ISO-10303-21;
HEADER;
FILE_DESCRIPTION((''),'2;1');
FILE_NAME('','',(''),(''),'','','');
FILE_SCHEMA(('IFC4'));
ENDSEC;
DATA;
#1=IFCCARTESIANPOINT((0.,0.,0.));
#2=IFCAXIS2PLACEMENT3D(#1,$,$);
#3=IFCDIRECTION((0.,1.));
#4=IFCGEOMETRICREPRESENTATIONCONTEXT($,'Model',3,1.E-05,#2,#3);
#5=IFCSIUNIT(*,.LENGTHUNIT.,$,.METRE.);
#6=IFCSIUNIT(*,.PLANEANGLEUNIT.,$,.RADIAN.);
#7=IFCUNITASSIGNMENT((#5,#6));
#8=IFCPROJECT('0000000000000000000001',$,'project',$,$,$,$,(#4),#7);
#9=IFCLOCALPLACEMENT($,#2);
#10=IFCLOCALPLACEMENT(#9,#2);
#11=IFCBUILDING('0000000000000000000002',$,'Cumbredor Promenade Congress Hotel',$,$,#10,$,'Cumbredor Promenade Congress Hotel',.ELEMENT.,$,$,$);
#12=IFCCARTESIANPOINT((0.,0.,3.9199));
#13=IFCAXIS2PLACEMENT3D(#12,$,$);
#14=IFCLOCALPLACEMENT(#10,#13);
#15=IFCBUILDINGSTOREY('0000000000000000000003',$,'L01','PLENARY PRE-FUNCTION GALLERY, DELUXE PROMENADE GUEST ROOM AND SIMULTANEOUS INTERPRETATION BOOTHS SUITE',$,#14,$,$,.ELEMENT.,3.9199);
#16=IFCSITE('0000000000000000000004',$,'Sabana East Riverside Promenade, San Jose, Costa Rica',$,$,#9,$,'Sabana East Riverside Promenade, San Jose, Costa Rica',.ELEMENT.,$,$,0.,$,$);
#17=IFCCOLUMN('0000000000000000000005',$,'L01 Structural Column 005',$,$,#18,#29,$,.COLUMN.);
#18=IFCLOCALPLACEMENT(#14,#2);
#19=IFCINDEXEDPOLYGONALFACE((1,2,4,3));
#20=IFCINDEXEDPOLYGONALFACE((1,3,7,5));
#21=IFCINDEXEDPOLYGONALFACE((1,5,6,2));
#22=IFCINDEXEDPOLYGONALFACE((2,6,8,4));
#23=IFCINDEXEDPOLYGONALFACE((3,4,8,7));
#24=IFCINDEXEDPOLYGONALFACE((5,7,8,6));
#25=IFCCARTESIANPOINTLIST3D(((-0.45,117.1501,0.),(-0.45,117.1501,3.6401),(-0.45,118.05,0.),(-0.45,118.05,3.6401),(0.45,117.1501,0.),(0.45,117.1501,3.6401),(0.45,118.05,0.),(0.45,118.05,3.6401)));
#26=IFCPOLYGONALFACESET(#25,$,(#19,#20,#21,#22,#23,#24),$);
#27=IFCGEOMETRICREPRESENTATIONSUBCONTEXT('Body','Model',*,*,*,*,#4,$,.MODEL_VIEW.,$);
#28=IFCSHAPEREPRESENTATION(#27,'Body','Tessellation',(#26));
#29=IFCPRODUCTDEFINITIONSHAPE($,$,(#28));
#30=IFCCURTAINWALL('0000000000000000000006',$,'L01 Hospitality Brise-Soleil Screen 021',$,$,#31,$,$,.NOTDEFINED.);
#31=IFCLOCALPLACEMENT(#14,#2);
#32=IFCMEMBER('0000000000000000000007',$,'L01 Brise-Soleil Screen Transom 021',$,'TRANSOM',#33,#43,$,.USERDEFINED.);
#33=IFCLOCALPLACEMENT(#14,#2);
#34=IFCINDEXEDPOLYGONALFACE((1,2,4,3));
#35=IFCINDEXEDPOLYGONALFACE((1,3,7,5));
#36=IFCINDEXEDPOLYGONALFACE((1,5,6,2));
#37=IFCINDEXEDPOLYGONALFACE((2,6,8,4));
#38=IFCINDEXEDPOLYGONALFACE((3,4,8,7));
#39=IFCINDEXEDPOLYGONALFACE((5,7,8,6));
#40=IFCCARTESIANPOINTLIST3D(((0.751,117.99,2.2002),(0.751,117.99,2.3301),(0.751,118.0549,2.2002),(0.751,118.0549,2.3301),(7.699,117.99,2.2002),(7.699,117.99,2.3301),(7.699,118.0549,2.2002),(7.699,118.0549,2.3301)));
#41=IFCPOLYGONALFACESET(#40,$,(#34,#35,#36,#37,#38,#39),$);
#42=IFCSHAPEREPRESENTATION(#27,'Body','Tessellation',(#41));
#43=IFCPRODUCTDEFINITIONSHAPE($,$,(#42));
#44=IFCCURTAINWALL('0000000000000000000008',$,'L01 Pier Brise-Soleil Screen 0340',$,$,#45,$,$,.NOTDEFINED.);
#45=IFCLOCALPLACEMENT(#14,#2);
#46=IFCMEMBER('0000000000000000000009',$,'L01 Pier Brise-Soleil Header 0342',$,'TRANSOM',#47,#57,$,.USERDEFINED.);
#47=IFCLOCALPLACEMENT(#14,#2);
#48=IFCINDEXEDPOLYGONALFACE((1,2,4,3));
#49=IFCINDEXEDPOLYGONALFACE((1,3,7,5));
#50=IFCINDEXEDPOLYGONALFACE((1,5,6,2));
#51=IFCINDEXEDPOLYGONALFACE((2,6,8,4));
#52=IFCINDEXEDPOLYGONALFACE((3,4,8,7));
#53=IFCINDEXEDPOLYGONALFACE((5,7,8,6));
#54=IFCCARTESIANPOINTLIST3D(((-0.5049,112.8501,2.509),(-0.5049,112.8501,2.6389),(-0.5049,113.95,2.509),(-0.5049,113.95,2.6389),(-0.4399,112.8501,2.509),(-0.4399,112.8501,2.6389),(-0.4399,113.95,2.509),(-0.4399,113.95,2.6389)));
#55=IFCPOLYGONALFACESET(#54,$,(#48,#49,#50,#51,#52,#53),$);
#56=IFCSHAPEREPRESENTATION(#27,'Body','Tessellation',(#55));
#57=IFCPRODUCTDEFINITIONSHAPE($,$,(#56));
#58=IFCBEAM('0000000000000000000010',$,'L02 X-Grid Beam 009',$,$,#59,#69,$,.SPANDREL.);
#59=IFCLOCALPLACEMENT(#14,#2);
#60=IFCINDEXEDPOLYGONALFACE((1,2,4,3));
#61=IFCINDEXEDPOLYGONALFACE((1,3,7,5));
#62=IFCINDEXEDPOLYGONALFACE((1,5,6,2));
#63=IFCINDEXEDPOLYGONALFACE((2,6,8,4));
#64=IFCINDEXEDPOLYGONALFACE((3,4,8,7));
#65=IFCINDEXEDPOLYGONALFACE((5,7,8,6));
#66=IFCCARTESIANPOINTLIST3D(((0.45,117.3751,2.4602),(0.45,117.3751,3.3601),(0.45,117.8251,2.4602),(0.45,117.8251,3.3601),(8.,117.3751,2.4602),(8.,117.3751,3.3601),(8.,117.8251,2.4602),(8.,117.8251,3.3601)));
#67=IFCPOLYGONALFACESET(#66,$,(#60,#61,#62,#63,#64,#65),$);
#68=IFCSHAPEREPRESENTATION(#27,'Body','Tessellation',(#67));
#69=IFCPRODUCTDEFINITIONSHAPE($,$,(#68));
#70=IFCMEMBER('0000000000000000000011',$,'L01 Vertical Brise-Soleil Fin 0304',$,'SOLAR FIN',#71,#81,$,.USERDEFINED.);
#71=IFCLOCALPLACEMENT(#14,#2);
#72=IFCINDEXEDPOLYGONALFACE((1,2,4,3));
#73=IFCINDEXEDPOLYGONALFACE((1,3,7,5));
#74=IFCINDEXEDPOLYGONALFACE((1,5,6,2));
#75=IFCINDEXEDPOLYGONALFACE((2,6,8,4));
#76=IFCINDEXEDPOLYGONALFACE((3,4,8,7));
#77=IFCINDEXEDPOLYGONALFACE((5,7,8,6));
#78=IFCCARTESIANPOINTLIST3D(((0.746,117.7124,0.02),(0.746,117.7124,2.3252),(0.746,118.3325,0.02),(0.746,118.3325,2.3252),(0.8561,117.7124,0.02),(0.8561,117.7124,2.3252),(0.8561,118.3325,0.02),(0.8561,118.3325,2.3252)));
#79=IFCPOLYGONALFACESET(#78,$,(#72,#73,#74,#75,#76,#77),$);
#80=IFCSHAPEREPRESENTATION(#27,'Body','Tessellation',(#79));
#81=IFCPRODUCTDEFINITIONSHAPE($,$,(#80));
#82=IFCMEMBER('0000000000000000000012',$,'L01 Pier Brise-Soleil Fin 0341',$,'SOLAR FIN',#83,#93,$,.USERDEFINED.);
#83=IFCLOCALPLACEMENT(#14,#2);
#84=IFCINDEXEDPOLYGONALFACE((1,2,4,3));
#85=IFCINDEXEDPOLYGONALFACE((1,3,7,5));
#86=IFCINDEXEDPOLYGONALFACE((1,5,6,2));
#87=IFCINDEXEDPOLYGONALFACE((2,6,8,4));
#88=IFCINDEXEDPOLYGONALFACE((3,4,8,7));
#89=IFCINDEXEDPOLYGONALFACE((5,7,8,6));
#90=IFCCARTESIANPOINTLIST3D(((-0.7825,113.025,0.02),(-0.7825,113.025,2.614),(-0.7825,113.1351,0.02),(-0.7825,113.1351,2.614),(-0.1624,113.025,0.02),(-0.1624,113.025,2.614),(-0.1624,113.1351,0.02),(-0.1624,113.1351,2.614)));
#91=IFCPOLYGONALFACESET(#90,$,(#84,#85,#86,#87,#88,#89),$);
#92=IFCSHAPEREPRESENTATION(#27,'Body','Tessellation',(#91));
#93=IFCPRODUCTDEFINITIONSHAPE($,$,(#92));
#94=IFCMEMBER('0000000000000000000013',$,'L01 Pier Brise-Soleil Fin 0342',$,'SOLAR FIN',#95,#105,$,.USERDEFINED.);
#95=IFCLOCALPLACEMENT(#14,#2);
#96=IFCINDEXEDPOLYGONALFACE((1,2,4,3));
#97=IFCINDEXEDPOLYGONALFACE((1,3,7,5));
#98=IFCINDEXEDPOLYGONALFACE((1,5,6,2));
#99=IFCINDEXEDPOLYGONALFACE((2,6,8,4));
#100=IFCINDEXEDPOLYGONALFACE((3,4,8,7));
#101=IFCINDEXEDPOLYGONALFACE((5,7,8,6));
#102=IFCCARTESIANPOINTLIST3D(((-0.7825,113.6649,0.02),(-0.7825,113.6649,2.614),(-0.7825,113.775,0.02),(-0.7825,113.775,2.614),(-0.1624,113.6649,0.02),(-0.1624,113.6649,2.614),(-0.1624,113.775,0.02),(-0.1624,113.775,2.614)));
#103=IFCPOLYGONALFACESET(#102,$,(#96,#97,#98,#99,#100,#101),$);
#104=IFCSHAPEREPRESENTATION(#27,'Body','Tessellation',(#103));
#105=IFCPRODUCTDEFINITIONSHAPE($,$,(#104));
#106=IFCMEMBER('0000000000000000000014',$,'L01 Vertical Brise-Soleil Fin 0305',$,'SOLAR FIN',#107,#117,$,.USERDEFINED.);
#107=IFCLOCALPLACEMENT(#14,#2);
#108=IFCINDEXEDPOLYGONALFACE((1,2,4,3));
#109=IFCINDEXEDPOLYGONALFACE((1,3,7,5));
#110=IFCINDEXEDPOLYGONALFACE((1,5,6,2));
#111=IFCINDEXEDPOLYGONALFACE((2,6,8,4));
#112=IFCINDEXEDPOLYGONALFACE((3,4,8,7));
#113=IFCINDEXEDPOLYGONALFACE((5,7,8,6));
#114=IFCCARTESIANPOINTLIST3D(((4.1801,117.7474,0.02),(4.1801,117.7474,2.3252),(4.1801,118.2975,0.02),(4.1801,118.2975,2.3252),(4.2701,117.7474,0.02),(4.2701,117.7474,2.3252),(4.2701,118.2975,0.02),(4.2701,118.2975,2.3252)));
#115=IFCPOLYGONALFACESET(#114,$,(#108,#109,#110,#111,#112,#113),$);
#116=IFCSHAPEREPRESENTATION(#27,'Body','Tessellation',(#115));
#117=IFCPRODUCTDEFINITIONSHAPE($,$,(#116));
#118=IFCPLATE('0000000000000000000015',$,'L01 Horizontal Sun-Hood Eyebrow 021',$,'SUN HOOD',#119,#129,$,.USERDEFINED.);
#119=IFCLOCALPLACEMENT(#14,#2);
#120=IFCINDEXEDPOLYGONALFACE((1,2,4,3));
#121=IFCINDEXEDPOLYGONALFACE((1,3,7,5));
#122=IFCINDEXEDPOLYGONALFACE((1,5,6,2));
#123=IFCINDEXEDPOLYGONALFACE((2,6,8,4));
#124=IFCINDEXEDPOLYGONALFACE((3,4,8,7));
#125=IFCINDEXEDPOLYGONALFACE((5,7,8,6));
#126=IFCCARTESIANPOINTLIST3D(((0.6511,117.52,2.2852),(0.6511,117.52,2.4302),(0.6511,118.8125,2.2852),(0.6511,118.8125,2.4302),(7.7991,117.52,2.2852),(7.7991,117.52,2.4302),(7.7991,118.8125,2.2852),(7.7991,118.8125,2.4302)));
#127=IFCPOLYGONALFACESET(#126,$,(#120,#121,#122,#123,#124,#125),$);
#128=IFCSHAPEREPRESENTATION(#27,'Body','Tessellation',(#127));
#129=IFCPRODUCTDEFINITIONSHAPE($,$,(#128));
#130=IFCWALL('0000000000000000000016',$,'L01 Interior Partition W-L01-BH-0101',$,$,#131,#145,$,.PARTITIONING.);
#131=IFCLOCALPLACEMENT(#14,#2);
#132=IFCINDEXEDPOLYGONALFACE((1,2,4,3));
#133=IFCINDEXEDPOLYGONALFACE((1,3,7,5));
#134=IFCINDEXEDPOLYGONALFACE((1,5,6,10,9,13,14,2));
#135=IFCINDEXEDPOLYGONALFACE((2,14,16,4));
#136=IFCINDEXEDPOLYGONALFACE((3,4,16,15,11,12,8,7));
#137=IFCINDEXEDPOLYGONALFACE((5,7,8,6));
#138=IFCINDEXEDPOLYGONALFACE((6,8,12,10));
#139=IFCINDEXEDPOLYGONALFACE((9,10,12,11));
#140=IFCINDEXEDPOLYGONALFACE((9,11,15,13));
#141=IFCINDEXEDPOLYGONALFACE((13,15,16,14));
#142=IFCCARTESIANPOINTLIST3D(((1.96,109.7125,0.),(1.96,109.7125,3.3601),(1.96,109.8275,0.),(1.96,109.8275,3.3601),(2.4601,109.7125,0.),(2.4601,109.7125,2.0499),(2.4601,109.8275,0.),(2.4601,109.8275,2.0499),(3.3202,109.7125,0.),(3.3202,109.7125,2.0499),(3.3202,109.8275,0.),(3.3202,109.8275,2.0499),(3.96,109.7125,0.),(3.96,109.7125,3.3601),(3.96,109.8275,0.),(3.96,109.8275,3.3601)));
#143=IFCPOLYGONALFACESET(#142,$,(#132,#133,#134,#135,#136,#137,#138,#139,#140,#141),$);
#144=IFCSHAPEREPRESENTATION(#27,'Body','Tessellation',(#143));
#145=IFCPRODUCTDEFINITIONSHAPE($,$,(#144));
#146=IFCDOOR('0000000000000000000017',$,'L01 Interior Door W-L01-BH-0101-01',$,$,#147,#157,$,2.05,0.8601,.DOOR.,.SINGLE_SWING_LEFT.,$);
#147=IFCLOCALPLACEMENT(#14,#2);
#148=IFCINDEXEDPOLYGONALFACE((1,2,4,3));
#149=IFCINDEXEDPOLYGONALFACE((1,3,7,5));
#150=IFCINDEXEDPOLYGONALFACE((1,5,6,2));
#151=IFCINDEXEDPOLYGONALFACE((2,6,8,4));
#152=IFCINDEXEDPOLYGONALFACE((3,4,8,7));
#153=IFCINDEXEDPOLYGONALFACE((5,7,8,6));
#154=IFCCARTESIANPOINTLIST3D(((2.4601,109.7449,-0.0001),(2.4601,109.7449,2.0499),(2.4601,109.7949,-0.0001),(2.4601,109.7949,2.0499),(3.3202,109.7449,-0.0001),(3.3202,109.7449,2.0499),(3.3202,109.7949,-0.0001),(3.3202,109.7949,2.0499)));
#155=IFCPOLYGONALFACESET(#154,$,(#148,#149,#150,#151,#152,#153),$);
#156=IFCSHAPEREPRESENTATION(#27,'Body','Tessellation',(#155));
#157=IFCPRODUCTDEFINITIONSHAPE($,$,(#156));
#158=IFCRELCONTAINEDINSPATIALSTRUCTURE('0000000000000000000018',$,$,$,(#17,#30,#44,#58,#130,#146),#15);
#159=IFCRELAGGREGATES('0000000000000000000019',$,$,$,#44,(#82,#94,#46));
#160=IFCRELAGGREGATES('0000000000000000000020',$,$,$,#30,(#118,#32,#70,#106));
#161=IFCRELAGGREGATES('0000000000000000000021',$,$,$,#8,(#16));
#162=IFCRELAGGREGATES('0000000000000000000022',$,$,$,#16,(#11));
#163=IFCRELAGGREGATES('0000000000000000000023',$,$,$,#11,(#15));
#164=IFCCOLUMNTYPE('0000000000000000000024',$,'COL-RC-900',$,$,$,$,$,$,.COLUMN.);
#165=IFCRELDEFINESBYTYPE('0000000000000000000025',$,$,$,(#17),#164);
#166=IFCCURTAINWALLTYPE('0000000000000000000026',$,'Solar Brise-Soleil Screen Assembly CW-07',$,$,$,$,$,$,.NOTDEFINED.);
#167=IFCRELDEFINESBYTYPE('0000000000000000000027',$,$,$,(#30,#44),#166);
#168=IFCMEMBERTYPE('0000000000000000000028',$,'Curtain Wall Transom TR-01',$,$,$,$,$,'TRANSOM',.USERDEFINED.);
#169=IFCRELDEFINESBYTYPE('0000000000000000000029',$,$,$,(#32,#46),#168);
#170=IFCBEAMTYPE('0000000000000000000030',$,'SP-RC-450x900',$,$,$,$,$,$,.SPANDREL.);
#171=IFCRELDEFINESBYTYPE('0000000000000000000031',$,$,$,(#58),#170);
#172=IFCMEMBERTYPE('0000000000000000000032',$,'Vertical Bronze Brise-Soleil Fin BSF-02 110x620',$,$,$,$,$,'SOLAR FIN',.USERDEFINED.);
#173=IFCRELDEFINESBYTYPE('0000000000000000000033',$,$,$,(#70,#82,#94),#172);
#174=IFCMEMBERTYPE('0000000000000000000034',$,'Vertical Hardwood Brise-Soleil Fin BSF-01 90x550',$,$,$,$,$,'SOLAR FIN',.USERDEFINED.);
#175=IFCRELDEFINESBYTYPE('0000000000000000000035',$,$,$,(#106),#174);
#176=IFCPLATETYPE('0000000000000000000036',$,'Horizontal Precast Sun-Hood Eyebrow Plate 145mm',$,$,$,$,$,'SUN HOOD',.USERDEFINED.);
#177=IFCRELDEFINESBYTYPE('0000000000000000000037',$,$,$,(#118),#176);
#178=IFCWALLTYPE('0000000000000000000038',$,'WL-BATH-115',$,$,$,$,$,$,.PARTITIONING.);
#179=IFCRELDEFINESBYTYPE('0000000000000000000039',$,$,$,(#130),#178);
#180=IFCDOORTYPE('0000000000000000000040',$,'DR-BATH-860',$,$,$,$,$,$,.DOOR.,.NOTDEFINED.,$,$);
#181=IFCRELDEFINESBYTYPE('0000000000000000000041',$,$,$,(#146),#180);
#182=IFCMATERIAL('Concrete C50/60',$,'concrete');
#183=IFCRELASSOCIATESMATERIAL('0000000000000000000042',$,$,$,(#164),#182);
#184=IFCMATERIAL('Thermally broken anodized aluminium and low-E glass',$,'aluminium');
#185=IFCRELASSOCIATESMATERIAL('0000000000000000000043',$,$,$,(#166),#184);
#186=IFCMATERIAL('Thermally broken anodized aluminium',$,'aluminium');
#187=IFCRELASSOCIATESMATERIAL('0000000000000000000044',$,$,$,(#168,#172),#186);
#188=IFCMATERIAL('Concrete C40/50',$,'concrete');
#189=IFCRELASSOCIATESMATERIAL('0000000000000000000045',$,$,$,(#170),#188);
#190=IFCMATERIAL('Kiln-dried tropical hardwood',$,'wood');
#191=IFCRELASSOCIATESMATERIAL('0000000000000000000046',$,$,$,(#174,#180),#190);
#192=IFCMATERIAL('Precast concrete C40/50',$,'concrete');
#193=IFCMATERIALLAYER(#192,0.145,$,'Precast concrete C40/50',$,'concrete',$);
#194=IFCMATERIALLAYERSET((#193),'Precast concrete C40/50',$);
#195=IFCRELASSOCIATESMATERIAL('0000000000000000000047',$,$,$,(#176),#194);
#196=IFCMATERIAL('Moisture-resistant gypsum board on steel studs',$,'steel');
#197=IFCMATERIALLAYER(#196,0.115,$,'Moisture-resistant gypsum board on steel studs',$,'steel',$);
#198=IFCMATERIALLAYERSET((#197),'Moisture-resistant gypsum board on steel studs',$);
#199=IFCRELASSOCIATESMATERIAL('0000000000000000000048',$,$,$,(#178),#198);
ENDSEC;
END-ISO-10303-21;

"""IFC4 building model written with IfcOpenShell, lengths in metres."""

from ifc_helpers import new_model, si_unit, direction, frame, frame_2d, origin, origin_2d, place, context, subcontext, project, spatial, rectangle, extrude, material, layer, layer_set, material_profile, profile_set, type_object, element, fill, aggregate, save


model = new_model("IFC4")

# Units and contexts
model_context = context("Model", 3, precision=1e-05, world=origin(), true_north=direction((0.0, 1.0)))
body_context = subcontext(model_context, "Body", "Model", "MODEL_VIEW")
ifc_project = project(units=[si_unit("LENGTHUNIT", "METRE"), si_unit("PLANEANGLEUNIT", "RADIAN")], contexts=[model_context])

# Site, building, storey
site_placement = place(None, origin())
site = spatial("IfcSite", under=ifc_project, at=site_placement, Name="Sabana East Riverside Promenade, San Jose, Costa Rica", LongName="Sabana East Riverside Promenade, San Jose, Costa Rica", CompositionType="ELEMENT", RefElevation=0.0)
building_placement = place(site_placement, origin())
building = spatial("IfcBuilding", under=site, at=building_placement, Name="Cumbredor Promenade Congress Hotel", LongName="Cumbredor Promenade Congress Hotel", CompositionType="ELEMENT")
storey_placement = place(building_placement, frame((0.0, 0.0, 3.9199)))
storey = spatial("IfcBuildingStorey", under=building, at=storey_placement, Name="L01", Description="PLENARY PRE-FUNCTION GALLERY, DELUXE PROMENADE GUEST ROOM AND SIMULTANEOUS INTERPRETATION BOOTHS SUITE", CompositionType="ELEMENT", Elevation=3.9199)

# Column
ifc_material_1 = material(Name="Concrete C50/60", Category="concrete")
ifc_material_profile_1 = material_profile(ifc_material_1, rectangle(XDim=0.8999, YDim=0.8999, at=origin_2d()), Name="RC 900x900")
ifc_profile_set_1 = profile_set([ifc_material_profile_1], Name="Concrete C50/60")
column_type = type_object("IfcColumnType", Name="COL-RC-900", PredefinedType="COLUMN", material=ifc_profile_set_1)
column_placement = place(storey_placement, frame((0.0, 117.6001, 0.0), z_axis=(0.0, 0.0, 1.0), x_axis=(1.0, 0.0, 0.0)))
element("IfcColumn", 1, at=column_placement, inside=storey, type_object=column_type, Name="L01 Structural Column 005", PredefinedType="COLUMN", context=body_context, shape_type="SweptSolid", body=[
    extrude(rectangle(XDim=0.8999, YDim=0.8999, at=origin_2d()), origin(), (0.0, 0.0, 1.0), 3.6401),
])

# Curtain walls, members
ifc_material_2 = material(Name="Thermally broken anodized aluminium and low-E glass", Category="aluminium")
curtain_wall_type = type_object("IfcCurtainWallType", Name="Solar Brise-Soleil Screen Assembly CW-07", PredefinedType="NOTDEFINED", material=ifc_material_2)
curtain_wall_1_placement = place(storey_placement, origin())
curtain_wall_1 = element("IfcCurtainWall", 2, at=curtain_wall_1_placement, inside=storey, type_object=curtain_wall_type, Name="L01 Hospitality Brise-Soleil Screen 021", PredefinedType="NOTDEFINED")
ifc_material_3 = material(Name="Thermally broken anodized aluminium", Category="aluminium")
ifc_material_profile_2 = material_profile(ifc_material_3, rectangle(XDim=0.0649, YDim=0.1299, at=origin_2d()), Name="ALU TRANSOM 65x130")
ifc_profile_set_2 = profile_set([ifc_material_profile_2], Name="Thermally broken anodized aluminium")
member_type_1 = type_object("IfcMemberType", Name="Curtain Wall Transom TR-01", ElementType="TRANSOM", PredefinedType="USERDEFINED", material=ifc_profile_set_2)
member_1_placement = place(storey_placement, frame((0.751, 118.0225, 2.2651), z_axis=(1.0, 0.0, 0.0), x_axis=(0.0, 1.0, 0.0)))
member_1 = element("IfcMember", 3, at=member_1_placement, type_object=member_type_1, Name="L01 Brise-Soleil Screen Transom 021", ObjectType="TRANSOM", PredefinedType="USERDEFINED", context=body_context, shape_type="SweptSolid", body=[
    extrude(rectangle(XDim=0.0649, YDim=0.1299, at=origin_2d()), origin(), (0.0, 0.0, 1.0), 6.948),
])
curtain_wall_2_placement = place(storey_placement, origin())
curtain_wall_2 = element("IfcCurtainWall", 4, at=curtain_wall_2_placement, inside=storey, type_object=curtain_wall_type, Name="L01 Pier Brise-Soleil Screen 0340", PredefinedType="NOTDEFINED")
member_2_placement = place(storey_placement, frame((-0.4724, 112.8501, 2.574), z_axis=(0.0, 1.0, 0.0), x_axis=(-1.0, 0.0, 0.0)))
member_2 = element("IfcMember", 5, at=member_2_placement, type_object=member_type_1, Name="L01 Pier Brise-Soleil Header 0342", ObjectType="TRANSOM", PredefinedType="USERDEFINED", context=body_context, shape_type="SweptSolid", body=[
    extrude(rectangle(XDim=0.0649, YDim=0.1299, at=origin_2d()), origin(), (0.0, 0.0, 1.0), 1.0999),
])

# Beam
ifc_material_4 = material(Name="Concrete C40/50", Category="concrete")
ifc_material_profile_3 = material_profile(ifc_material_4, rectangle(XDim=0.45, YDim=0.8999, at=origin_2d()), Name="RC SPANDREL 450x900")
ifc_profile_set_3 = profile_set([ifc_material_profile_3], Name="Concrete C40/50")
beam_type = type_object("IfcBeamType", Name="SP-RC-450x900", PredefinedType="SPANDREL", material=ifc_profile_set_3)
beam_placement = place(storey_placement, frame((0.45, 117.6001, 2.9102), z_axis=(1.0, 0.0, 0.0), x_axis=(0.0, 1.0, 0.0)))
element("IfcBeam", 6, at=beam_placement, inside=storey, type_object=beam_type, Name="L02 X-Grid Beam 009", PredefinedType="SPANDREL", context=body_context, shape_type="SweptSolid", body=[
    extrude(rectangle(XDim=0.45, YDim=0.8999, at=origin_2d()), origin(), (0.0, 0.0, 1.0), 7.55),
])

# Members
ifc_material_profile_4 = material_profile(ifc_material_3, rectangle(XDim=0.1101, YDim=0.6201, at=origin_2d()), Name="ARCH FIN 110x620")
ifc_profile_set_4 = profile_set([ifc_material_profile_4], Name="Thermally broken anodized aluminium")
member_type_2 = type_object("IfcMemberType", Name="Vertical Bronze Brise-Soleil Fin BSF-02 110x620", ElementType="SOLAR FIN", PredefinedType="USERDEFINED", material=ifc_profile_set_4)
member_3_placement = place(storey_placement, frame((0.801, 118.0225, 0.02), z_axis=(0.0, 0.0, 1.0), x_axis=(1.0, 0.0, 0.0)))
member_3 = element("IfcMember", 7, at=member_3_placement, type_object=member_type_2, Name="L01 Vertical Brise-Soleil Fin 0304", ObjectType="SOLAR FIN", PredefinedType="USERDEFINED", context=body_context, shape_type="SweptSolid", body=[
    extrude(rectangle(XDim=0.1101, YDim=0.6201, at=origin_2d()), origin(), (0.0, 0.0, 1.0), 2.3052),
])
member_4_placement = place(storey_placement, frame((-0.4724, 113.0801, 0.02), z_axis=(0.0, 0.0, 1.0), x_axis=(0.0, 1.0, 0.0)))
member_4 = element("IfcMember", 8, at=member_4_placement, type_object=member_type_2, Name="L01 Pier Brise-Soleil Fin 0341", ObjectType="SOLAR FIN", PredefinedType="USERDEFINED", context=body_context, shape_type="SweptSolid", body=[
    extrude(rectangle(XDim=0.1101, YDim=0.6201, at=origin_2d()), origin(), (0.0, 0.0, 1.0), 2.594),
])
member_5_placement = place(storey_placement, frame((-0.4724, 113.72, 0.02), z_axis=(0.0, 0.0, 1.0), x_axis=(0.0, 1.0, 0.0)))
member_5 = element("IfcMember", 9, at=member_5_placement, type_object=member_type_2, Name="L01 Pier Brise-Soleil Fin 0342", ObjectType="SOLAR FIN", PredefinedType="USERDEFINED", context=body_context, shape_type="SweptSolid", body=[
    extrude(rectangle(XDim=0.1101, YDim=0.6201, at=origin_2d()), origin(), (0.0, 0.0, 1.0), 2.594),
])
aggregate(curtain_wall_2, [member_4, member_5, member_2])
ifc_material_5 = material(Name="Kiln-dried tropical hardwood", Category="wood")
ifc_material_profile_5 = material_profile(ifc_material_5, rectangle(XDim=0.0901, YDim=0.55, at=origin_2d()), Name="ARCH FIN 90x550")
ifc_profile_set_5 = profile_set([ifc_material_profile_5], Name="Kiln-dried tropical hardwood")
member_type_3 = type_object("IfcMemberType", Name="Vertical Hardwood Brise-Soleil Fin BSF-01 90x550", ElementType="SOLAR FIN", PredefinedType="USERDEFINED", material=ifc_profile_set_5)
member_6_placement = place(storey_placement, frame((4.2251, 118.0225, 0.02), z_axis=(0.0, 0.0, 1.0), x_axis=(1.0, 0.0, 0.0)))
member_6 = element("IfcMember", 10, at=member_6_placement, type_object=member_type_3, Name="L01 Vertical Brise-Soleil Fin 0305", ObjectType="SOLAR FIN", PredefinedType="USERDEFINED", context=body_context, shape_type="SweptSolid", body=[
    extrude(rectangle(XDim=0.0901, YDim=0.55, at=origin_2d()), origin(), (0.0, 0.0, 1.0), 2.3052),
])

# Plate
ifc_material_6 = material(Name="Precast concrete C40/50", Category="concrete")
ifc_layer_1 = layer(ifc_material_6, 0.145, Name="Precast concrete C40/50", Category="concrete")
ifc_layer_set_1 = layer_set([ifc_layer_1], Name="Precast concrete C40/50")
plate_type = type_object("IfcPlateType", Name="Horizontal Precast Sun-Hood Eyebrow Plate 145mm", ElementType="SUN HOOD", PredefinedType="USERDEFINED", material=ifc_layer_set_1)
plate_placement = place(storey_placement, frame((4.2251, 118.1663, 2.2852), z_axis=(0.0, 0.0, 1.0), x_axis=(1.0, 0.0, 0.0)))
plate = element("IfcPlate", 11, at=plate_placement, type_object=plate_type, Name="L01 Horizontal Sun-Hood Eyebrow 021", ObjectType="SUN HOOD", PredefinedType="USERDEFINED", context=body_context, shape_type="SweptSolid", body=[
    extrude(rectangle(XDim=7.1479, YDim=1.2925, at=origin_2d()), origin(), (0.0, 0.0, 1.0), 0.145),
])
aggregate(curtain_wall_1, [plate, member_1, member_3, member_6])

# Wall, opening, door
ifc_material_7 = material(Name="Moisture-resistant gypsum board on steel studs", Category="steel")
ifc_layer_2 = layer(ifc_material_7, 0.115, Name="Moisture-resistant gypsum board on steel studs", Category="steel")
ifc_layer_set_2 = layer_set([ifc_layer_2], Name="Moisture-resistant gypsum board on steel studs")
wall_type_1 = type_object("IfcWallType", Name="WL-BATH-115", PredefinedType="PARTITIONING", material=ifc_layer_set_2)
wall_1_placement = place(storey_placement, frame((1.96, 109.77, 0.0), z_axis=(0.0, 0.0, 1.0), x_axis=(1.0, 0.0, 0.0)))
wall_1 = element("IfcWall", 12, at=wall_1_placement, inside=storey, type_object=wall_type_1, Name="L01 Interior Partition W-L01-BH-0101", PredefinedType="PARTITIONING", context=body_context, shape_type="SweptSolid", body=[
    extrude(rectangle(XDim=2.0, YDim=0.115, at=frame_2d((1.0, 0.0))), origin(), (0.0, 0.0, 1.0), 3.3601),
])
opening_1_placement = place(wall_1_placement, frame((0.5, 0.0, 0.0)))
opening_1 = element("IfcOpeningElement", 13, at=opening_1_placement, cuts=wall_1, PredefinedType="OPENING", context=body_context, shape_type="SweptSolid", body=[
    extrude(rectangle(XDim=0.8601, YDim=2.05, at=frame_2d((0.4302, 1.0249))), frame((0.0, 0.0674, 0.0), z_axis=(0.0, -1.0, 0.0), x_axis=(1.0, 0.0, 0.0)), (0.0, 0.0, 1.0), 0.135),
])
door_type = type_object("IfcDoorType", Name="DR-BATH-860", OperationType="NOTDEFINED", PredefinedType="DOOR", material=ifc_material_5)
door_1_placement = place(opening_1_placement, origin())
door_1 = element("IfcDoor", 14, at=door_1_placement, inside=storey, type_object=door_type, Name="L01 Interior Door W-L01-BH-0101-01", OperationType="SINGLE_SWING_LEFT", OverallHeight=2.05, OverallWidth=0.8601, PredefinedType="DOOR", context=body_context, shape_type="SweptSolid", body=[
    extrude(rectangle(XDim=0.8601, YDim=2.05, at=frame_2d((0.4302, 1.0249))), frame((0.0, 0.0249, 0.0), z_axis=(0.0, -1.0, 0.0), x_axis=(1.0, 0.0, 0.0)), (0.0, 0.0, 1.0), 0.05),
])
fill(opening_1, door_1)

save(model, "model.ifc")
